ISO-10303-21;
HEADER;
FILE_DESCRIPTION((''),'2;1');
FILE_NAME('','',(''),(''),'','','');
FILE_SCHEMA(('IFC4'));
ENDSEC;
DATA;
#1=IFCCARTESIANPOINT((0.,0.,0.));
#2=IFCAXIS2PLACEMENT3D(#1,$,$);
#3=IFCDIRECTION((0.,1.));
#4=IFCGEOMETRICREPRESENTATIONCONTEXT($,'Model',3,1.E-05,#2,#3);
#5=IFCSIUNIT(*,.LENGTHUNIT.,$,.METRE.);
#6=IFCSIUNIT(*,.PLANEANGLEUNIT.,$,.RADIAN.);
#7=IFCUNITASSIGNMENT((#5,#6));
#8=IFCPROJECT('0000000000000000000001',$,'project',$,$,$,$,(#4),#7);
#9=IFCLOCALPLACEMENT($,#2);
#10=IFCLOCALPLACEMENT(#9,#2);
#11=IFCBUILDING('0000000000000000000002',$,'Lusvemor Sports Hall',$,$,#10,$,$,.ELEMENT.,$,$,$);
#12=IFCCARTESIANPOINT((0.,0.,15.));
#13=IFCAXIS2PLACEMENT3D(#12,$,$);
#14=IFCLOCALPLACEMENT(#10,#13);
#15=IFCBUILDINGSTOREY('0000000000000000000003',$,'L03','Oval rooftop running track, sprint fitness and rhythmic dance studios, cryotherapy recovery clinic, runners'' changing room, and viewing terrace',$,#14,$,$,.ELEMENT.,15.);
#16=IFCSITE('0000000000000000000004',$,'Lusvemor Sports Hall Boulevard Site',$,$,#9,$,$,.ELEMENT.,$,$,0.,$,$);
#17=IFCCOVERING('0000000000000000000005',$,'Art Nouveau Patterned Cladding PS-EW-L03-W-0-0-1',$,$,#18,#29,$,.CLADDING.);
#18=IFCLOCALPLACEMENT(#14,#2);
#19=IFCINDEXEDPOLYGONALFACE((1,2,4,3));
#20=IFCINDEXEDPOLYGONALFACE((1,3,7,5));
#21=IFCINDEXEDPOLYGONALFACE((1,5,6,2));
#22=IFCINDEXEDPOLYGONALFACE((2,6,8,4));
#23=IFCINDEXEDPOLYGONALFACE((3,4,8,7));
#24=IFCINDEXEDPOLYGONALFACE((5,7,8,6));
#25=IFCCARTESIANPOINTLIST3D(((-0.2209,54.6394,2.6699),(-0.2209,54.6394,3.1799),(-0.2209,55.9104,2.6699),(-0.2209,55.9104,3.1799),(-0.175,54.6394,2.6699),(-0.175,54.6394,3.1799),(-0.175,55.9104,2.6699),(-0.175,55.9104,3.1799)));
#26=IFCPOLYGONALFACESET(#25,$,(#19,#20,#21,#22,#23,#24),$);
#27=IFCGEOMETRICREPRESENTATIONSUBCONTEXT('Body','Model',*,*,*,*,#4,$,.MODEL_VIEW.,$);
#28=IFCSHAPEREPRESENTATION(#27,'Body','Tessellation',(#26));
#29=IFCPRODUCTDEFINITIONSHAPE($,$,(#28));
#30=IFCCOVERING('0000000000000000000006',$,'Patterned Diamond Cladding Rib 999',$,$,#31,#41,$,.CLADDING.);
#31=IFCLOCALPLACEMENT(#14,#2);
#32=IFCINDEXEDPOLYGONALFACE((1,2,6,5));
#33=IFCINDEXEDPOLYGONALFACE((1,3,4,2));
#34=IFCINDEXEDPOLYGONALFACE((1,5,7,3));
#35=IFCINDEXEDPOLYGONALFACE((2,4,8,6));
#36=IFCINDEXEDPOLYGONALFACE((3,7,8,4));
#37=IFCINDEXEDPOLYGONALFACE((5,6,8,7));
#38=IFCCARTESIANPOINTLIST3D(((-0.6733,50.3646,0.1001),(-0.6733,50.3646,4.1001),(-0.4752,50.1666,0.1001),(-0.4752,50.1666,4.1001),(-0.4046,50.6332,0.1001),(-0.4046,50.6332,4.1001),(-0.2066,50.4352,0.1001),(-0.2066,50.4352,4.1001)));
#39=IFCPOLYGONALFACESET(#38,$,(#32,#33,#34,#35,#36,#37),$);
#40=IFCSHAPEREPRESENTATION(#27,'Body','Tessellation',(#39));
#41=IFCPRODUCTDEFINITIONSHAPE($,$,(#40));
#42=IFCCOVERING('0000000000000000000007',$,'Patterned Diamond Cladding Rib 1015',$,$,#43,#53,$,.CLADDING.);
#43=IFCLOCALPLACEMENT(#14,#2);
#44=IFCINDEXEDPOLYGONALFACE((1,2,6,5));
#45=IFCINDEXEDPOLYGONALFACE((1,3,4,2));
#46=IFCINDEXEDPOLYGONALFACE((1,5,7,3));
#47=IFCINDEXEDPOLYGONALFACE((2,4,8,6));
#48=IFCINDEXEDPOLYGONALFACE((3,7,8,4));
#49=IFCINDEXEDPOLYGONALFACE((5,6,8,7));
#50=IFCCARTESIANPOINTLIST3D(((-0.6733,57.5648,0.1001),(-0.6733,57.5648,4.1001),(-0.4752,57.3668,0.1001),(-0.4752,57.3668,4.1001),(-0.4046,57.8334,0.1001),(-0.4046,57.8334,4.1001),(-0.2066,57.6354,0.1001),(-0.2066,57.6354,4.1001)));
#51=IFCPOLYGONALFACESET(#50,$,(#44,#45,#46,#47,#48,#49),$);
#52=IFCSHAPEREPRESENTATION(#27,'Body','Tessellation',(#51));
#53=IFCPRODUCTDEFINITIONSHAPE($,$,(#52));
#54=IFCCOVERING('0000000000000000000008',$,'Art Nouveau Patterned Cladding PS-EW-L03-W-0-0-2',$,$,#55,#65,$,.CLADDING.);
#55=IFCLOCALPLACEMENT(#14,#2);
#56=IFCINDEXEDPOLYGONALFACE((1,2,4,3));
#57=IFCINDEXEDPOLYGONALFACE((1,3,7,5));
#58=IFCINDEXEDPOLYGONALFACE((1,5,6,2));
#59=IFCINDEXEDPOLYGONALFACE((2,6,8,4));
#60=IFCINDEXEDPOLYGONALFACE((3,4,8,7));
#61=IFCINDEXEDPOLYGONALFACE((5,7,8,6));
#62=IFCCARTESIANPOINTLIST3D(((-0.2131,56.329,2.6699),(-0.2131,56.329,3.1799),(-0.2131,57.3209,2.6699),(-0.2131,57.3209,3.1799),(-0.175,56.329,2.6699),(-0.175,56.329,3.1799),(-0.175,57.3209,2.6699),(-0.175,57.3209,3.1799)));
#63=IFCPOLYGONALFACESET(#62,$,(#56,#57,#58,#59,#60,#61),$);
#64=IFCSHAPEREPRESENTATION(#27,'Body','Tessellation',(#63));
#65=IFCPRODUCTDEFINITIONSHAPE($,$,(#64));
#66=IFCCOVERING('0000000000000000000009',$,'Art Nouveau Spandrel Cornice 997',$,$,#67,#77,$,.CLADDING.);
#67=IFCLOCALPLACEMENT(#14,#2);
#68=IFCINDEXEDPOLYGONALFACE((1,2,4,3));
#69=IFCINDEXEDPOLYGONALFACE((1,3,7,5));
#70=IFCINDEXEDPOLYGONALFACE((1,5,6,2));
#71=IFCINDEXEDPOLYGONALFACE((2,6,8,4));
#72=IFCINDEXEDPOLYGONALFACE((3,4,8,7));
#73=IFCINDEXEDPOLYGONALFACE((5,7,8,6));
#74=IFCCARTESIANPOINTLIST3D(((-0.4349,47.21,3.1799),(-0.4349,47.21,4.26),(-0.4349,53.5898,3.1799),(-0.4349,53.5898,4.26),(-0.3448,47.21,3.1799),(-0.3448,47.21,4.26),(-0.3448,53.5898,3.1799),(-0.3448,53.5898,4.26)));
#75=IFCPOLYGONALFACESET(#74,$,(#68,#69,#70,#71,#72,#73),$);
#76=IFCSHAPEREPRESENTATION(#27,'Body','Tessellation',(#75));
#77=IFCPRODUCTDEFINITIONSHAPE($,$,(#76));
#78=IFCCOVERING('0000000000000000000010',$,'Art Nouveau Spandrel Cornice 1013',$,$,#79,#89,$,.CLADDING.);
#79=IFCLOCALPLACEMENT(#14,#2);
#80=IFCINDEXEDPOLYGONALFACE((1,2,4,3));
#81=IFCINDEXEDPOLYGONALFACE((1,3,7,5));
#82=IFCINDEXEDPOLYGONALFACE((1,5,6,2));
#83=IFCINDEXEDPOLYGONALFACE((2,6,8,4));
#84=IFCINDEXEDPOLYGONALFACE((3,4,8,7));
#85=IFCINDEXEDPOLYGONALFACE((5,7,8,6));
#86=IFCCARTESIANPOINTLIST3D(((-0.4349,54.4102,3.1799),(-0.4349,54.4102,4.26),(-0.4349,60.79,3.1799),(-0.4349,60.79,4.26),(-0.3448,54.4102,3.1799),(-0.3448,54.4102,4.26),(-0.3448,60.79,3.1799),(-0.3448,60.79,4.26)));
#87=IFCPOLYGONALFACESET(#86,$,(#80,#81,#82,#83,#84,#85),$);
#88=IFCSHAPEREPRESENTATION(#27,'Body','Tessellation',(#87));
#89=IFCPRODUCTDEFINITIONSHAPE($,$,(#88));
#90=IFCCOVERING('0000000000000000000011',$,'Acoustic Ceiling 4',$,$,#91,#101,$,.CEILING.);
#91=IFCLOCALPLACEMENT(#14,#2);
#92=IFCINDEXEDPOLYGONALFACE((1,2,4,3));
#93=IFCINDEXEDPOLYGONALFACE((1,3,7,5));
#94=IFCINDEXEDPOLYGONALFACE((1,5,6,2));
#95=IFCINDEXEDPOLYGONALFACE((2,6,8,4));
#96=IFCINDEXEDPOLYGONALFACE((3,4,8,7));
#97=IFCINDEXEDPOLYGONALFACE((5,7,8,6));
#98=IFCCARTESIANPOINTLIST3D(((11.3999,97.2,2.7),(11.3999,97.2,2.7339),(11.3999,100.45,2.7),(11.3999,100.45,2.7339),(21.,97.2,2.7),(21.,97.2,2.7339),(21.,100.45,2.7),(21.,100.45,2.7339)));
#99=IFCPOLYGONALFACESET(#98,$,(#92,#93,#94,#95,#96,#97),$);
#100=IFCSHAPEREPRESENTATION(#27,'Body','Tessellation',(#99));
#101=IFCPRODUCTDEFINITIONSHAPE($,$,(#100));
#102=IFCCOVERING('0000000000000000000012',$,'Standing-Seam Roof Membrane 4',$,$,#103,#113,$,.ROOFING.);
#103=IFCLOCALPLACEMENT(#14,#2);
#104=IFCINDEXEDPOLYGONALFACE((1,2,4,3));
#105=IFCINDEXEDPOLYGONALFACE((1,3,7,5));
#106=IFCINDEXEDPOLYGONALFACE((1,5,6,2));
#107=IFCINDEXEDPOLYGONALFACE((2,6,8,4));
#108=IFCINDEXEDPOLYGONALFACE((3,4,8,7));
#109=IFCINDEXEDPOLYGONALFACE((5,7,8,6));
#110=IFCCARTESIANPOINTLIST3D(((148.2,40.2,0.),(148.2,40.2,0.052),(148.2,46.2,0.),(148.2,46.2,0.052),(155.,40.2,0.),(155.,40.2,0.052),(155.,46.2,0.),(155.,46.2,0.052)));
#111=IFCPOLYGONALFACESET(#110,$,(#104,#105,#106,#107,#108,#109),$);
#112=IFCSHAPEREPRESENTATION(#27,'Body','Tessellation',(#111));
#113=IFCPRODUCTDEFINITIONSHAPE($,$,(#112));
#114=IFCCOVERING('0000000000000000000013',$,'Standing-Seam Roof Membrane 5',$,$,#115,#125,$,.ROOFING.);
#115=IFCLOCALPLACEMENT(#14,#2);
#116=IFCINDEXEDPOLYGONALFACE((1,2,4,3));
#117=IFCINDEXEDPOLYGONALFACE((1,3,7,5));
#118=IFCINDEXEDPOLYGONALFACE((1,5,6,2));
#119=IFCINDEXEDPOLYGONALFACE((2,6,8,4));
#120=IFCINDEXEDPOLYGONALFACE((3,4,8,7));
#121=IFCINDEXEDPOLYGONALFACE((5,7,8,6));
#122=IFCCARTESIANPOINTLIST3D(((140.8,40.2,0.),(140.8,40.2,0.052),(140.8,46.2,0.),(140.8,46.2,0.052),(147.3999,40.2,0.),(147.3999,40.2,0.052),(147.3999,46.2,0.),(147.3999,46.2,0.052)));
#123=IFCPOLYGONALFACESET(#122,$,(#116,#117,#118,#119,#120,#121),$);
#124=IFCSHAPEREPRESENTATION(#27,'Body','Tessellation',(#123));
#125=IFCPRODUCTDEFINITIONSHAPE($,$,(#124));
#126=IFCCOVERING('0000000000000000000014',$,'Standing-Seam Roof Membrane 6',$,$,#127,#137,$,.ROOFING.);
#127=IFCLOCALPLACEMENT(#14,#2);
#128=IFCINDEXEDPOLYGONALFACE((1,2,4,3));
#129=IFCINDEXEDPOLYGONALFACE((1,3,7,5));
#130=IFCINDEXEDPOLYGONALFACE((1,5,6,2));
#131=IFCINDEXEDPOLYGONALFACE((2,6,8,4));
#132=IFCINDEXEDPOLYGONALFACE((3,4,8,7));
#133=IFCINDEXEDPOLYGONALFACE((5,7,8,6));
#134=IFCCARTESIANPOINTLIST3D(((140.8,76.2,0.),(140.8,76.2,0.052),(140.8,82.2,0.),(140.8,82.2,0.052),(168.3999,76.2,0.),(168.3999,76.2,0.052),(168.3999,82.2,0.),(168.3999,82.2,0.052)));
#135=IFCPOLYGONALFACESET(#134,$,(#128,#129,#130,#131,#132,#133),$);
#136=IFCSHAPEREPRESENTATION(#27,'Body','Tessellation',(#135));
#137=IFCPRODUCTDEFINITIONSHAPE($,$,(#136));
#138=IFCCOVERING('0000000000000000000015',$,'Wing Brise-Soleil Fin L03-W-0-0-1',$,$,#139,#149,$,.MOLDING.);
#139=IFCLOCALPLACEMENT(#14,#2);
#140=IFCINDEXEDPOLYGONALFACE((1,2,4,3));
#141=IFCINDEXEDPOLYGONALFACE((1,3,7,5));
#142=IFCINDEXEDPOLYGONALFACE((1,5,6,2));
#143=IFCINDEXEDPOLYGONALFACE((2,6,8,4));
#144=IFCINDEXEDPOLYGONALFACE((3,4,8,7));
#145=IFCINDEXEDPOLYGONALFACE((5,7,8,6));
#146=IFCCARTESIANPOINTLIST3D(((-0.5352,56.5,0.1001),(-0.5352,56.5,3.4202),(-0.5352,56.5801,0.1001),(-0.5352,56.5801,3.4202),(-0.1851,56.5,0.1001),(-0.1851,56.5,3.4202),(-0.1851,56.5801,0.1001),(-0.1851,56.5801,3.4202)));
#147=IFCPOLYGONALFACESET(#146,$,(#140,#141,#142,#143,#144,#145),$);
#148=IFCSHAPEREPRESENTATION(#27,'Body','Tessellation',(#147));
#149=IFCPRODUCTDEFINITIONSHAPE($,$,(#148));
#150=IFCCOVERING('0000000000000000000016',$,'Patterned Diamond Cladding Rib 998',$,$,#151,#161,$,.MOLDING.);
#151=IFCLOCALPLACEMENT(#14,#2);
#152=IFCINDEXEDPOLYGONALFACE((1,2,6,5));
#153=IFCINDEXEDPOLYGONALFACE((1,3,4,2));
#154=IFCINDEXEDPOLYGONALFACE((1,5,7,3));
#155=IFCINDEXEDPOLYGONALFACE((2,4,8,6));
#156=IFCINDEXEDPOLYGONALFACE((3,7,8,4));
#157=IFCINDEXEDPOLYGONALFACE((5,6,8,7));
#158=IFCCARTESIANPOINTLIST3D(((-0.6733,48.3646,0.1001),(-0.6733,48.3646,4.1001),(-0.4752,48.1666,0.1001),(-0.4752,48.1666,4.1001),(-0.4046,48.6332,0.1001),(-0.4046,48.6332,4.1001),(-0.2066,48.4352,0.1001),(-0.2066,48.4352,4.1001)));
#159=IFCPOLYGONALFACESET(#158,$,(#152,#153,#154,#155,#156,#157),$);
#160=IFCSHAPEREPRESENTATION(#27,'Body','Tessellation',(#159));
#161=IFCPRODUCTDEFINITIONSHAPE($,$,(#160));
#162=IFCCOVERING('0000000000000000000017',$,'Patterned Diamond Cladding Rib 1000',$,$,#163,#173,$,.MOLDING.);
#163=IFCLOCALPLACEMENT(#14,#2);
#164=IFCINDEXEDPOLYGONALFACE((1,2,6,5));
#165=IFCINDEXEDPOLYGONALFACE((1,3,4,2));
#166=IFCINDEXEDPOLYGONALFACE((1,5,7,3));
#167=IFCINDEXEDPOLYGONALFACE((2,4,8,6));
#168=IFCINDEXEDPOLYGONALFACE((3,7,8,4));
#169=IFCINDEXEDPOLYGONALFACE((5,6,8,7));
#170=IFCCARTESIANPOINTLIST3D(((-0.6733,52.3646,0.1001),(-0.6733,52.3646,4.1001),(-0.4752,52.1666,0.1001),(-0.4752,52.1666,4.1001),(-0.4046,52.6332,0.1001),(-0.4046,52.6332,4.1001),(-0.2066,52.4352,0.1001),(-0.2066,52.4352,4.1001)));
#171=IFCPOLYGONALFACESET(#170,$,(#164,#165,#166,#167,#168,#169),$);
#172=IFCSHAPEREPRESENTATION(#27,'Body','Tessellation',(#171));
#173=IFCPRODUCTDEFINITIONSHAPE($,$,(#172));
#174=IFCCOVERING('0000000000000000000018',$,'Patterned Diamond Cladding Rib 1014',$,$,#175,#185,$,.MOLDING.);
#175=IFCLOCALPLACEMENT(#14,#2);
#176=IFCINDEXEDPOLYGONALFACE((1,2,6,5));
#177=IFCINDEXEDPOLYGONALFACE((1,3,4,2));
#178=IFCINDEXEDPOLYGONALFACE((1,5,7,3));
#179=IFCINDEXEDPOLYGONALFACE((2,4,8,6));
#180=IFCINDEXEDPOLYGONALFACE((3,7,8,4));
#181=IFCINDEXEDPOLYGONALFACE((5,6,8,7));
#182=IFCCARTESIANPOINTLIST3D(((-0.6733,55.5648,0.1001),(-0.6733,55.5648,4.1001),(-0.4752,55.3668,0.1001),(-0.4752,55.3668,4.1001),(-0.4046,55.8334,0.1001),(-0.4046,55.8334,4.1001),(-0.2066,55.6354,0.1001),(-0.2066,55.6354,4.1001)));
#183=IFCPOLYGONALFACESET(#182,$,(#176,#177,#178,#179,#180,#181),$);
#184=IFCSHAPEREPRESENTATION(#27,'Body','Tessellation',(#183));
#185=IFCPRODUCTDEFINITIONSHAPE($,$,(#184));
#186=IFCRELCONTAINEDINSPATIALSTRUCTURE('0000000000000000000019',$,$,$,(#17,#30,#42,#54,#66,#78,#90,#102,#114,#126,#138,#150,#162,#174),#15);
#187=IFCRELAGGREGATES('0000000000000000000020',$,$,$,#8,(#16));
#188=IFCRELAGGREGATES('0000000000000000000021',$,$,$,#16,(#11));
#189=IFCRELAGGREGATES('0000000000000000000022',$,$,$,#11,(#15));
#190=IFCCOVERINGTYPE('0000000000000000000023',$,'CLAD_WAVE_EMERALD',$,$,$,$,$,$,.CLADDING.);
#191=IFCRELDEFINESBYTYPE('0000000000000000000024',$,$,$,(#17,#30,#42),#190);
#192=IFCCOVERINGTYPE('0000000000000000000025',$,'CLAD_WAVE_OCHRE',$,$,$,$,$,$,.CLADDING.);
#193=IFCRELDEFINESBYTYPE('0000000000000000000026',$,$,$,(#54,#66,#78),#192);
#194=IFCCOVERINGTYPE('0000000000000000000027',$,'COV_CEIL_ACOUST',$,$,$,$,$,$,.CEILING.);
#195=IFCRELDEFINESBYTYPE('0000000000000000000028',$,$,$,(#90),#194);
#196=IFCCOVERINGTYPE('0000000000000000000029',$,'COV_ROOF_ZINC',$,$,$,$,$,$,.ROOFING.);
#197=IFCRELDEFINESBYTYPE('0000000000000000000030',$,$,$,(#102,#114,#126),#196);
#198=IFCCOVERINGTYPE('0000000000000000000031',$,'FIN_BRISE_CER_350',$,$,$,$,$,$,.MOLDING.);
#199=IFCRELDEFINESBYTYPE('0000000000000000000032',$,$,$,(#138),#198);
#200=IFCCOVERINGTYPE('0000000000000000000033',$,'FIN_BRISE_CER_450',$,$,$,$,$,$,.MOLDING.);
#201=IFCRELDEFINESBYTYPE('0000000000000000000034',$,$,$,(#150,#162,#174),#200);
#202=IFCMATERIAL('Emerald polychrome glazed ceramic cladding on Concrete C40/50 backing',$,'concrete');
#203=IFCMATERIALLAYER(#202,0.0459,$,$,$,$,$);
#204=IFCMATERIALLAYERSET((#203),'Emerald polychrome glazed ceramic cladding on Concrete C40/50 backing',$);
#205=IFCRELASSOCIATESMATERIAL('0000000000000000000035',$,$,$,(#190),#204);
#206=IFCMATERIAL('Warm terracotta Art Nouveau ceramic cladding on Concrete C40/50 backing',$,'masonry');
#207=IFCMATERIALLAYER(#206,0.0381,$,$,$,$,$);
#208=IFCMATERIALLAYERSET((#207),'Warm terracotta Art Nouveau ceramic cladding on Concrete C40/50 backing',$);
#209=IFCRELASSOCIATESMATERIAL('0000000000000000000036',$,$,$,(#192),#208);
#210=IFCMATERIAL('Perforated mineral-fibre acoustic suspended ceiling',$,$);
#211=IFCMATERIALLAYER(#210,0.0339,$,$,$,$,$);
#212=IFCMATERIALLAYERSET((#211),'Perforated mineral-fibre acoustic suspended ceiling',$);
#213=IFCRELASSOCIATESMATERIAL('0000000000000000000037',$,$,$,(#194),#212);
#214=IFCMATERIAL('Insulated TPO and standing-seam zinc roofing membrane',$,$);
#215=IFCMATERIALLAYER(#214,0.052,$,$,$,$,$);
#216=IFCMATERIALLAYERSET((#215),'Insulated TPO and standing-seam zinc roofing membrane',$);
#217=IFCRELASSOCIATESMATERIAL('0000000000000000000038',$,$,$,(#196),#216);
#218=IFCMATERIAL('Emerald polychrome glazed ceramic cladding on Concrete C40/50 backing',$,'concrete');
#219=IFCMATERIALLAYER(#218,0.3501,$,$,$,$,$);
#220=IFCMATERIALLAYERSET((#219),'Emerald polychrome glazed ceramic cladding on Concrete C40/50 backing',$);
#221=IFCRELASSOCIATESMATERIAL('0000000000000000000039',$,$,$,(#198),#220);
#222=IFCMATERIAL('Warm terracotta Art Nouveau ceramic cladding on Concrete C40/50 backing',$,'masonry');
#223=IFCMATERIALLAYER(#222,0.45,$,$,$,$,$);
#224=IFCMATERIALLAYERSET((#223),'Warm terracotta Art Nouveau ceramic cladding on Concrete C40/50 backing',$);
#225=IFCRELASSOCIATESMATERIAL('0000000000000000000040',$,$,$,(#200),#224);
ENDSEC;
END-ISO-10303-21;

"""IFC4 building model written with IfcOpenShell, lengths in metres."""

from ifc_helpers import new_model, si_unit, direction, frame, origin, origin_2d, place, context, subcontext, project, spatial, polyline, rectangle, outline, extrude, material, layer, layer_set, type_object, element, save


model = new_model("IFC4")

# Units and contexts
model_context = context("Model", 3, precision=1e-05, world=origin(), true_north=direction((0.0, 1.0)))
body_context = subcontext(model_context, "Body", "Model", "MODEL_VIEW")
ifc_project = project(units=[si_unit("LENGTHUNIT", "METRE"), si_unit("PLANEANGLEUNIT", "RADIAN")], contexts=[model_context])

# Site, building, storey
site_placement = place(None, origin())
site = spatial("IfcSite", under=ifc_project, at=site_placement, Name="Lusvemor Sports Hall Boulevard Site", CompositionType="ELEMENT", RefElevation=0.0)
building_placement = place(site_placement, origin())
building = spatial("IfcBuilding", under=site, at=building_placement, Name="Lusvemor Sports Hall", CompositionType="ELEMENT")
storey_placement = place(building_placement, frame((0.0, 0.0, 15.0)))
storey = spatial("IfcBuildingStorey", under=building, at=storey_placement, Name="L03", Description="Oval rooftop running track, sprint fitness and rhythmic dance studios, cryotherapy recovery clinic, runners' changing room, and viewing terrace", CompositionType="ELEMENT", Elevation=15.0)

# Coverings
ifc_material_1 = material(Name="Emerald polychrome glazed ceramic cladding on Concrete C40/50 backing", Category="concrete")
ifc_layer_1 = layer(ifc_material_1, 0.0459)
ifc_layer_set_1 = layer_set([ifc_layer_1], Name="Emerald polychrome glazed ceramic cladding on Concrete C40/50 backing")
covering_type_1 = type_object("IfcCoveringType", Name="CLAD_WAVE_EMERALD", PredefinedType="CLADDING", material=ifc_layer_set_1)
covering_1_placement = place(storey_placement, frame((-0.198, 55.2749, 2.6699), z_axis=(0.0, 0.0, 1.0), x_axis=(1.0, 0.0, 0.0)))
element("IfcCovering", 1, at=covering_1_placement, inside=storey, type_object=covering_type_1, Name="Art Nouveau Patterned Cladding PS-EW-L03-W-0-0-1", PredefinedType="CLADDING", context=body_context, shape_type="SweptSolid", body=[
    extrude(rectangle(XDim=0.0459, YDim=1.271, at=origin_2d()), origin(), (0.0, 0.0, 1.0), 0.51),
])
for number, where, z_axis, x_axis, name in (
    (2, (-0.4399, 50.3999, 0.1001), (0.0, 0.0, 1.0), (0.707107, 0.707107, 0.0), "Patterned Diamond Cladding Rib 999"),
    (3, (-0.4399, 57.6001, 0.1001), (0.0, 0.0, 1.0), (0.707107, 0.707107, 0.0), "Patterned Diamond Cladding Rib 1015"),
):
    element("IfcCovering", number, at=place(storey_placement, frame(where, z_axis=z_axis, x_axis=x_axis)), inside=storey, type_object=covering_type_1, Name=name, PredefinedType="CLADDING", context=body_context, shape_type="SweptSolid", body=[
        extrude(rectangle(XDim=0.3799, YDim=0.28, at=origin_2d()), origin(), (0.0, 0.0, 1.0), 4.0),
    ])
ifc_material_2 = material(Name="Warm terracotta Art Nouveau ceramic cladding on Concrete C40/50 backing", Category="masonry")
ifc_layer_2 = layer(ifc_material_2, 0.0381)
ifc_layer_set_2 = layer_set([ifc_layer_2], Name="Warm terracotta Art Nouveau ceramic cladding on Concrete C40/50 backing")
covering_type_2 = type_object("IfcCoveringType", Name="CLAD_WAVE_OCHRE", PredefinedType="CLADDING", material=ifc_layer_set_2)
covering_2_placement = place(storey_placement, frame((-0.1941, 56.825, 2.6699), z_axis=(0.0, 0.0, 1.0), x_axis=(1.0, 0.0, 0.0)))
element("IfcCovering", 4, at=covering_2_placement, inside=storey, type_object=covering_type_2, Name="Art Nouveau Patterned Cladding PS-EW-L03-W-0-0-2", PredefinedType="CLADDING", context=body_context, shape_type="SweptSolid", body=[
    extrude(rectangle(XDim=0.0381, YDim=0.9919, at=origin_2d()), origin(), (0.0, 0.0, 1.0), 0.51),
])
for number, where, z_axis, x_axis, name in (
    (5, (-0.3899, 50.3999, 3.1799), (0.0, 0.0, 1.0), (1.0, 0.0, 0.0), "Art Nouveau Spandrel Cornice 997"),
    (6, (-0.3899, 57.6001, 3.1799), (0.0, 0.0, 1.0), (1.0, 0.0, 0.0), "Art Nouveau Spandrel Cornice 1013"),
):
    element("IfcCovering", number, at=place(storey_placement, frame(where, z_axis=z_axis, x_axis=x_axis)), inside=storey, type_object=covering_type_2, Name=name, PredefinedType="CLADDING", context=body_context, shape_type="SweptSolid", body=[
        extrude(rectangle(XDim=0.0901, YDim=6.3799, at=origin_2d()), origin(), (0.0, 0.0, 1.0), 1.0801),
    ])
ifc_material_3 = material(Name="Perforated mineral-fibre acoustic suspended ceiling")
ifc_layer_3 = layer(ifc_material_3, 0.0339)
ifc_layer_set_3 = layer_set([ifc_layer_3], Name="Perforated mineral-fibre acoustic suspended ceiling")
covering_type_3 = type_object("IfcCoveringType", Name="COV_CEIL_ACOUST", PredefinedType="CEILING", material=ifc_layer_set_3)
covering_3_placement = place(storey_placement, frame((0.0, 0.0, 2.7)))
element("IfcCovering", 7, at=covering_3_placement, inside=storey, type_object=covering_type_3, Name="Acoustic Ceiling 4", PredefinedType="CEILING", context=body_context, shape_type="SweptSolid", body=[
    extrude(outline(polyline([(11.3999, 97.2), (21.0, 97.2), (21.0, 100.45), (11.3999, 100.45), (11.3999, 97.2)])), origin(), (0.0, 0.0, 1.0), 0.0339),
])
ifc_material_4 = material(Name="Insulated TPO and standing-seam zinc roofing membrane")
ifc_layer_4 = layer(ifc_material_4, 0.052)
ifc_layer_set_4 = layer_set([ifc_layer_4], Name="Insulated TPO and standing-seam zinc roofing membrane")
covering_type_4 = type_object("IfcCoveringType", Name="COV_ROOF_ZINC", PredefinedType="ROOFING", material=ifc_layer_set_4)
covering_4_placement = place(storey_placement, origin())
element("IfcCovering", 8, at=covering_4_placement, inside=storey, type_object=covering_type_4, Name="Standing-Seam Roof Membrane 4", PredefinedType="ROOFING", context=body_context, shape_type="SweptSolid", body=[
    extrude(outline(polyline([(148.2, 40.2), (155.0, 40.2), (155.0, 46.2), (148.2, 46.2), (148.2, 40.2)])), origin(), (0.0, 0.0, 1.0), 0.052),
])
covering_5_placement = place(storey_placement, origin())
element("IfcCovering", 9, at=covering_5_placement, inside=storey, type_object=covering_type_4, Name="Standing-Seam Roof Membrane 5", PredefinedType="ROOFING", context=body_context, shape_type="SweptSolid", body=[
    extrude(outline(polyline([(140.8, 40.2), (147.3999, 40.2), (147.3999, 46.2), (140.8, 46.2), (140.8, 40.2)])), origin(), (0.0, 0.0, 1.0), 0.052),
])
covering_6_placement = place(storey_placement, origin())
element("IfcCovering", 10, at=covering_6_placement, inside=storey, type_object=covering_type_4, Name="Standing-Seam Roof Membrane 6", PredefinedType="ROOFING", context=body_context, shape_type="SweptSolid", body=[
    extrude(outline(polyline([(140.8, 76.2), (168.3999, 76.2), (168.3999, 82.2), (140.8, 82.2), (140.8, 76.2)])), origin(), (0.0, 0.0, 1.0), 0.052),
])
ifc_material_5 = material(Name="Emerald polychrome glazed ceramic cladding on Concrete C40/50 backing", Category="concrete")
ifc_layer_5 = layer(ifc_material_5, 0.3501)
ifc_layer_set_5 = layer_set([ifc_layer_5], Name="Emerald polychrome glazed ceramic cladding on Concrete C40/50 backing")
covering_type_5 = type_object("IfcCoveringType", Name="FIN_BRISE_CER_350", PredefinedType="MOLDING", material=ifc_layer_set_5)
covering_7_placement = place(storey_placement, frame((-0.3601, 56.54, 0.1001), z_axis=(0.0, 0.0, 1.0), x_axis=(1.0, 0.0, 0.0)))
element("IfcCovering", 11, at=covering_7_placement, inside=storey, type_object=covering_type_5, Name="Wing Brise-Soleil Fin L03-W-0-0-1", PredefinedType="MOLDING", context=body_context, shape_type="SweptSolid", body=[
    extrude(rectangle(XDim=0.3501, YDim=0.0801, at=origin_2d()), origin(), (0.0, 0.0, 1.0), 3.3201),
])
ifc_material_6 = material(Name="Warm terracotta Art Nouveau ceramic cladding on Concrete C40/50 backing", Category="masonry")
ifc_layer_6 = layer(ifc_material_6, 0.45)
ifc_layer_set_6 = layer_set([ifc_layer_6], Name="Warm terracotta Art Nouveau ceramic cladding on Concrete C40/50 backing")
covering_type_6 = type_object("IfcCoveringType", Name="FIN_BRISE_CER_450", PredefinedType="MOLDING", material=ifc_layer_set_6)
for number, where, z_axis, x_axis, name in (
    (12, (-0.4399, 48.3999, 0.1001), (0.0, 0.0, 1.0), (0.707107, 0.707107, 0.0), "Patterned Diamond Cladding Rib 998"),
    (13, (-0.4399, 52.3999, 0.1001), (0.0, 0.0, 1.0), (0.707107, 0.707107, 0.0), "Patterned Diamond Cladding Rib 1000"),
    (14, (-0.4399, 55.6001, 0.1001), (0.0, 0.0, 1.0), (0.707107, 0.707107, 0.0), "Patterned Diamond Cladding Rib 1014"),
):
    element("IfcCovering", number, at=place(storey_placement, frame(where, z_axis=z_axis, x_axis=x_axis)), inside=storey, type_object=covering_type_6, Name=name, PredefinedType="MOLDING", context=body_context, shape_type="SweptSolid", body=[
        extrude(rectangle(XDim=0.3799, YDim=0.28, at=origin_2d()), origin(), (0.0, 0.0, 1.0), 4.0),
    ])

save(model, "model.ifc")
